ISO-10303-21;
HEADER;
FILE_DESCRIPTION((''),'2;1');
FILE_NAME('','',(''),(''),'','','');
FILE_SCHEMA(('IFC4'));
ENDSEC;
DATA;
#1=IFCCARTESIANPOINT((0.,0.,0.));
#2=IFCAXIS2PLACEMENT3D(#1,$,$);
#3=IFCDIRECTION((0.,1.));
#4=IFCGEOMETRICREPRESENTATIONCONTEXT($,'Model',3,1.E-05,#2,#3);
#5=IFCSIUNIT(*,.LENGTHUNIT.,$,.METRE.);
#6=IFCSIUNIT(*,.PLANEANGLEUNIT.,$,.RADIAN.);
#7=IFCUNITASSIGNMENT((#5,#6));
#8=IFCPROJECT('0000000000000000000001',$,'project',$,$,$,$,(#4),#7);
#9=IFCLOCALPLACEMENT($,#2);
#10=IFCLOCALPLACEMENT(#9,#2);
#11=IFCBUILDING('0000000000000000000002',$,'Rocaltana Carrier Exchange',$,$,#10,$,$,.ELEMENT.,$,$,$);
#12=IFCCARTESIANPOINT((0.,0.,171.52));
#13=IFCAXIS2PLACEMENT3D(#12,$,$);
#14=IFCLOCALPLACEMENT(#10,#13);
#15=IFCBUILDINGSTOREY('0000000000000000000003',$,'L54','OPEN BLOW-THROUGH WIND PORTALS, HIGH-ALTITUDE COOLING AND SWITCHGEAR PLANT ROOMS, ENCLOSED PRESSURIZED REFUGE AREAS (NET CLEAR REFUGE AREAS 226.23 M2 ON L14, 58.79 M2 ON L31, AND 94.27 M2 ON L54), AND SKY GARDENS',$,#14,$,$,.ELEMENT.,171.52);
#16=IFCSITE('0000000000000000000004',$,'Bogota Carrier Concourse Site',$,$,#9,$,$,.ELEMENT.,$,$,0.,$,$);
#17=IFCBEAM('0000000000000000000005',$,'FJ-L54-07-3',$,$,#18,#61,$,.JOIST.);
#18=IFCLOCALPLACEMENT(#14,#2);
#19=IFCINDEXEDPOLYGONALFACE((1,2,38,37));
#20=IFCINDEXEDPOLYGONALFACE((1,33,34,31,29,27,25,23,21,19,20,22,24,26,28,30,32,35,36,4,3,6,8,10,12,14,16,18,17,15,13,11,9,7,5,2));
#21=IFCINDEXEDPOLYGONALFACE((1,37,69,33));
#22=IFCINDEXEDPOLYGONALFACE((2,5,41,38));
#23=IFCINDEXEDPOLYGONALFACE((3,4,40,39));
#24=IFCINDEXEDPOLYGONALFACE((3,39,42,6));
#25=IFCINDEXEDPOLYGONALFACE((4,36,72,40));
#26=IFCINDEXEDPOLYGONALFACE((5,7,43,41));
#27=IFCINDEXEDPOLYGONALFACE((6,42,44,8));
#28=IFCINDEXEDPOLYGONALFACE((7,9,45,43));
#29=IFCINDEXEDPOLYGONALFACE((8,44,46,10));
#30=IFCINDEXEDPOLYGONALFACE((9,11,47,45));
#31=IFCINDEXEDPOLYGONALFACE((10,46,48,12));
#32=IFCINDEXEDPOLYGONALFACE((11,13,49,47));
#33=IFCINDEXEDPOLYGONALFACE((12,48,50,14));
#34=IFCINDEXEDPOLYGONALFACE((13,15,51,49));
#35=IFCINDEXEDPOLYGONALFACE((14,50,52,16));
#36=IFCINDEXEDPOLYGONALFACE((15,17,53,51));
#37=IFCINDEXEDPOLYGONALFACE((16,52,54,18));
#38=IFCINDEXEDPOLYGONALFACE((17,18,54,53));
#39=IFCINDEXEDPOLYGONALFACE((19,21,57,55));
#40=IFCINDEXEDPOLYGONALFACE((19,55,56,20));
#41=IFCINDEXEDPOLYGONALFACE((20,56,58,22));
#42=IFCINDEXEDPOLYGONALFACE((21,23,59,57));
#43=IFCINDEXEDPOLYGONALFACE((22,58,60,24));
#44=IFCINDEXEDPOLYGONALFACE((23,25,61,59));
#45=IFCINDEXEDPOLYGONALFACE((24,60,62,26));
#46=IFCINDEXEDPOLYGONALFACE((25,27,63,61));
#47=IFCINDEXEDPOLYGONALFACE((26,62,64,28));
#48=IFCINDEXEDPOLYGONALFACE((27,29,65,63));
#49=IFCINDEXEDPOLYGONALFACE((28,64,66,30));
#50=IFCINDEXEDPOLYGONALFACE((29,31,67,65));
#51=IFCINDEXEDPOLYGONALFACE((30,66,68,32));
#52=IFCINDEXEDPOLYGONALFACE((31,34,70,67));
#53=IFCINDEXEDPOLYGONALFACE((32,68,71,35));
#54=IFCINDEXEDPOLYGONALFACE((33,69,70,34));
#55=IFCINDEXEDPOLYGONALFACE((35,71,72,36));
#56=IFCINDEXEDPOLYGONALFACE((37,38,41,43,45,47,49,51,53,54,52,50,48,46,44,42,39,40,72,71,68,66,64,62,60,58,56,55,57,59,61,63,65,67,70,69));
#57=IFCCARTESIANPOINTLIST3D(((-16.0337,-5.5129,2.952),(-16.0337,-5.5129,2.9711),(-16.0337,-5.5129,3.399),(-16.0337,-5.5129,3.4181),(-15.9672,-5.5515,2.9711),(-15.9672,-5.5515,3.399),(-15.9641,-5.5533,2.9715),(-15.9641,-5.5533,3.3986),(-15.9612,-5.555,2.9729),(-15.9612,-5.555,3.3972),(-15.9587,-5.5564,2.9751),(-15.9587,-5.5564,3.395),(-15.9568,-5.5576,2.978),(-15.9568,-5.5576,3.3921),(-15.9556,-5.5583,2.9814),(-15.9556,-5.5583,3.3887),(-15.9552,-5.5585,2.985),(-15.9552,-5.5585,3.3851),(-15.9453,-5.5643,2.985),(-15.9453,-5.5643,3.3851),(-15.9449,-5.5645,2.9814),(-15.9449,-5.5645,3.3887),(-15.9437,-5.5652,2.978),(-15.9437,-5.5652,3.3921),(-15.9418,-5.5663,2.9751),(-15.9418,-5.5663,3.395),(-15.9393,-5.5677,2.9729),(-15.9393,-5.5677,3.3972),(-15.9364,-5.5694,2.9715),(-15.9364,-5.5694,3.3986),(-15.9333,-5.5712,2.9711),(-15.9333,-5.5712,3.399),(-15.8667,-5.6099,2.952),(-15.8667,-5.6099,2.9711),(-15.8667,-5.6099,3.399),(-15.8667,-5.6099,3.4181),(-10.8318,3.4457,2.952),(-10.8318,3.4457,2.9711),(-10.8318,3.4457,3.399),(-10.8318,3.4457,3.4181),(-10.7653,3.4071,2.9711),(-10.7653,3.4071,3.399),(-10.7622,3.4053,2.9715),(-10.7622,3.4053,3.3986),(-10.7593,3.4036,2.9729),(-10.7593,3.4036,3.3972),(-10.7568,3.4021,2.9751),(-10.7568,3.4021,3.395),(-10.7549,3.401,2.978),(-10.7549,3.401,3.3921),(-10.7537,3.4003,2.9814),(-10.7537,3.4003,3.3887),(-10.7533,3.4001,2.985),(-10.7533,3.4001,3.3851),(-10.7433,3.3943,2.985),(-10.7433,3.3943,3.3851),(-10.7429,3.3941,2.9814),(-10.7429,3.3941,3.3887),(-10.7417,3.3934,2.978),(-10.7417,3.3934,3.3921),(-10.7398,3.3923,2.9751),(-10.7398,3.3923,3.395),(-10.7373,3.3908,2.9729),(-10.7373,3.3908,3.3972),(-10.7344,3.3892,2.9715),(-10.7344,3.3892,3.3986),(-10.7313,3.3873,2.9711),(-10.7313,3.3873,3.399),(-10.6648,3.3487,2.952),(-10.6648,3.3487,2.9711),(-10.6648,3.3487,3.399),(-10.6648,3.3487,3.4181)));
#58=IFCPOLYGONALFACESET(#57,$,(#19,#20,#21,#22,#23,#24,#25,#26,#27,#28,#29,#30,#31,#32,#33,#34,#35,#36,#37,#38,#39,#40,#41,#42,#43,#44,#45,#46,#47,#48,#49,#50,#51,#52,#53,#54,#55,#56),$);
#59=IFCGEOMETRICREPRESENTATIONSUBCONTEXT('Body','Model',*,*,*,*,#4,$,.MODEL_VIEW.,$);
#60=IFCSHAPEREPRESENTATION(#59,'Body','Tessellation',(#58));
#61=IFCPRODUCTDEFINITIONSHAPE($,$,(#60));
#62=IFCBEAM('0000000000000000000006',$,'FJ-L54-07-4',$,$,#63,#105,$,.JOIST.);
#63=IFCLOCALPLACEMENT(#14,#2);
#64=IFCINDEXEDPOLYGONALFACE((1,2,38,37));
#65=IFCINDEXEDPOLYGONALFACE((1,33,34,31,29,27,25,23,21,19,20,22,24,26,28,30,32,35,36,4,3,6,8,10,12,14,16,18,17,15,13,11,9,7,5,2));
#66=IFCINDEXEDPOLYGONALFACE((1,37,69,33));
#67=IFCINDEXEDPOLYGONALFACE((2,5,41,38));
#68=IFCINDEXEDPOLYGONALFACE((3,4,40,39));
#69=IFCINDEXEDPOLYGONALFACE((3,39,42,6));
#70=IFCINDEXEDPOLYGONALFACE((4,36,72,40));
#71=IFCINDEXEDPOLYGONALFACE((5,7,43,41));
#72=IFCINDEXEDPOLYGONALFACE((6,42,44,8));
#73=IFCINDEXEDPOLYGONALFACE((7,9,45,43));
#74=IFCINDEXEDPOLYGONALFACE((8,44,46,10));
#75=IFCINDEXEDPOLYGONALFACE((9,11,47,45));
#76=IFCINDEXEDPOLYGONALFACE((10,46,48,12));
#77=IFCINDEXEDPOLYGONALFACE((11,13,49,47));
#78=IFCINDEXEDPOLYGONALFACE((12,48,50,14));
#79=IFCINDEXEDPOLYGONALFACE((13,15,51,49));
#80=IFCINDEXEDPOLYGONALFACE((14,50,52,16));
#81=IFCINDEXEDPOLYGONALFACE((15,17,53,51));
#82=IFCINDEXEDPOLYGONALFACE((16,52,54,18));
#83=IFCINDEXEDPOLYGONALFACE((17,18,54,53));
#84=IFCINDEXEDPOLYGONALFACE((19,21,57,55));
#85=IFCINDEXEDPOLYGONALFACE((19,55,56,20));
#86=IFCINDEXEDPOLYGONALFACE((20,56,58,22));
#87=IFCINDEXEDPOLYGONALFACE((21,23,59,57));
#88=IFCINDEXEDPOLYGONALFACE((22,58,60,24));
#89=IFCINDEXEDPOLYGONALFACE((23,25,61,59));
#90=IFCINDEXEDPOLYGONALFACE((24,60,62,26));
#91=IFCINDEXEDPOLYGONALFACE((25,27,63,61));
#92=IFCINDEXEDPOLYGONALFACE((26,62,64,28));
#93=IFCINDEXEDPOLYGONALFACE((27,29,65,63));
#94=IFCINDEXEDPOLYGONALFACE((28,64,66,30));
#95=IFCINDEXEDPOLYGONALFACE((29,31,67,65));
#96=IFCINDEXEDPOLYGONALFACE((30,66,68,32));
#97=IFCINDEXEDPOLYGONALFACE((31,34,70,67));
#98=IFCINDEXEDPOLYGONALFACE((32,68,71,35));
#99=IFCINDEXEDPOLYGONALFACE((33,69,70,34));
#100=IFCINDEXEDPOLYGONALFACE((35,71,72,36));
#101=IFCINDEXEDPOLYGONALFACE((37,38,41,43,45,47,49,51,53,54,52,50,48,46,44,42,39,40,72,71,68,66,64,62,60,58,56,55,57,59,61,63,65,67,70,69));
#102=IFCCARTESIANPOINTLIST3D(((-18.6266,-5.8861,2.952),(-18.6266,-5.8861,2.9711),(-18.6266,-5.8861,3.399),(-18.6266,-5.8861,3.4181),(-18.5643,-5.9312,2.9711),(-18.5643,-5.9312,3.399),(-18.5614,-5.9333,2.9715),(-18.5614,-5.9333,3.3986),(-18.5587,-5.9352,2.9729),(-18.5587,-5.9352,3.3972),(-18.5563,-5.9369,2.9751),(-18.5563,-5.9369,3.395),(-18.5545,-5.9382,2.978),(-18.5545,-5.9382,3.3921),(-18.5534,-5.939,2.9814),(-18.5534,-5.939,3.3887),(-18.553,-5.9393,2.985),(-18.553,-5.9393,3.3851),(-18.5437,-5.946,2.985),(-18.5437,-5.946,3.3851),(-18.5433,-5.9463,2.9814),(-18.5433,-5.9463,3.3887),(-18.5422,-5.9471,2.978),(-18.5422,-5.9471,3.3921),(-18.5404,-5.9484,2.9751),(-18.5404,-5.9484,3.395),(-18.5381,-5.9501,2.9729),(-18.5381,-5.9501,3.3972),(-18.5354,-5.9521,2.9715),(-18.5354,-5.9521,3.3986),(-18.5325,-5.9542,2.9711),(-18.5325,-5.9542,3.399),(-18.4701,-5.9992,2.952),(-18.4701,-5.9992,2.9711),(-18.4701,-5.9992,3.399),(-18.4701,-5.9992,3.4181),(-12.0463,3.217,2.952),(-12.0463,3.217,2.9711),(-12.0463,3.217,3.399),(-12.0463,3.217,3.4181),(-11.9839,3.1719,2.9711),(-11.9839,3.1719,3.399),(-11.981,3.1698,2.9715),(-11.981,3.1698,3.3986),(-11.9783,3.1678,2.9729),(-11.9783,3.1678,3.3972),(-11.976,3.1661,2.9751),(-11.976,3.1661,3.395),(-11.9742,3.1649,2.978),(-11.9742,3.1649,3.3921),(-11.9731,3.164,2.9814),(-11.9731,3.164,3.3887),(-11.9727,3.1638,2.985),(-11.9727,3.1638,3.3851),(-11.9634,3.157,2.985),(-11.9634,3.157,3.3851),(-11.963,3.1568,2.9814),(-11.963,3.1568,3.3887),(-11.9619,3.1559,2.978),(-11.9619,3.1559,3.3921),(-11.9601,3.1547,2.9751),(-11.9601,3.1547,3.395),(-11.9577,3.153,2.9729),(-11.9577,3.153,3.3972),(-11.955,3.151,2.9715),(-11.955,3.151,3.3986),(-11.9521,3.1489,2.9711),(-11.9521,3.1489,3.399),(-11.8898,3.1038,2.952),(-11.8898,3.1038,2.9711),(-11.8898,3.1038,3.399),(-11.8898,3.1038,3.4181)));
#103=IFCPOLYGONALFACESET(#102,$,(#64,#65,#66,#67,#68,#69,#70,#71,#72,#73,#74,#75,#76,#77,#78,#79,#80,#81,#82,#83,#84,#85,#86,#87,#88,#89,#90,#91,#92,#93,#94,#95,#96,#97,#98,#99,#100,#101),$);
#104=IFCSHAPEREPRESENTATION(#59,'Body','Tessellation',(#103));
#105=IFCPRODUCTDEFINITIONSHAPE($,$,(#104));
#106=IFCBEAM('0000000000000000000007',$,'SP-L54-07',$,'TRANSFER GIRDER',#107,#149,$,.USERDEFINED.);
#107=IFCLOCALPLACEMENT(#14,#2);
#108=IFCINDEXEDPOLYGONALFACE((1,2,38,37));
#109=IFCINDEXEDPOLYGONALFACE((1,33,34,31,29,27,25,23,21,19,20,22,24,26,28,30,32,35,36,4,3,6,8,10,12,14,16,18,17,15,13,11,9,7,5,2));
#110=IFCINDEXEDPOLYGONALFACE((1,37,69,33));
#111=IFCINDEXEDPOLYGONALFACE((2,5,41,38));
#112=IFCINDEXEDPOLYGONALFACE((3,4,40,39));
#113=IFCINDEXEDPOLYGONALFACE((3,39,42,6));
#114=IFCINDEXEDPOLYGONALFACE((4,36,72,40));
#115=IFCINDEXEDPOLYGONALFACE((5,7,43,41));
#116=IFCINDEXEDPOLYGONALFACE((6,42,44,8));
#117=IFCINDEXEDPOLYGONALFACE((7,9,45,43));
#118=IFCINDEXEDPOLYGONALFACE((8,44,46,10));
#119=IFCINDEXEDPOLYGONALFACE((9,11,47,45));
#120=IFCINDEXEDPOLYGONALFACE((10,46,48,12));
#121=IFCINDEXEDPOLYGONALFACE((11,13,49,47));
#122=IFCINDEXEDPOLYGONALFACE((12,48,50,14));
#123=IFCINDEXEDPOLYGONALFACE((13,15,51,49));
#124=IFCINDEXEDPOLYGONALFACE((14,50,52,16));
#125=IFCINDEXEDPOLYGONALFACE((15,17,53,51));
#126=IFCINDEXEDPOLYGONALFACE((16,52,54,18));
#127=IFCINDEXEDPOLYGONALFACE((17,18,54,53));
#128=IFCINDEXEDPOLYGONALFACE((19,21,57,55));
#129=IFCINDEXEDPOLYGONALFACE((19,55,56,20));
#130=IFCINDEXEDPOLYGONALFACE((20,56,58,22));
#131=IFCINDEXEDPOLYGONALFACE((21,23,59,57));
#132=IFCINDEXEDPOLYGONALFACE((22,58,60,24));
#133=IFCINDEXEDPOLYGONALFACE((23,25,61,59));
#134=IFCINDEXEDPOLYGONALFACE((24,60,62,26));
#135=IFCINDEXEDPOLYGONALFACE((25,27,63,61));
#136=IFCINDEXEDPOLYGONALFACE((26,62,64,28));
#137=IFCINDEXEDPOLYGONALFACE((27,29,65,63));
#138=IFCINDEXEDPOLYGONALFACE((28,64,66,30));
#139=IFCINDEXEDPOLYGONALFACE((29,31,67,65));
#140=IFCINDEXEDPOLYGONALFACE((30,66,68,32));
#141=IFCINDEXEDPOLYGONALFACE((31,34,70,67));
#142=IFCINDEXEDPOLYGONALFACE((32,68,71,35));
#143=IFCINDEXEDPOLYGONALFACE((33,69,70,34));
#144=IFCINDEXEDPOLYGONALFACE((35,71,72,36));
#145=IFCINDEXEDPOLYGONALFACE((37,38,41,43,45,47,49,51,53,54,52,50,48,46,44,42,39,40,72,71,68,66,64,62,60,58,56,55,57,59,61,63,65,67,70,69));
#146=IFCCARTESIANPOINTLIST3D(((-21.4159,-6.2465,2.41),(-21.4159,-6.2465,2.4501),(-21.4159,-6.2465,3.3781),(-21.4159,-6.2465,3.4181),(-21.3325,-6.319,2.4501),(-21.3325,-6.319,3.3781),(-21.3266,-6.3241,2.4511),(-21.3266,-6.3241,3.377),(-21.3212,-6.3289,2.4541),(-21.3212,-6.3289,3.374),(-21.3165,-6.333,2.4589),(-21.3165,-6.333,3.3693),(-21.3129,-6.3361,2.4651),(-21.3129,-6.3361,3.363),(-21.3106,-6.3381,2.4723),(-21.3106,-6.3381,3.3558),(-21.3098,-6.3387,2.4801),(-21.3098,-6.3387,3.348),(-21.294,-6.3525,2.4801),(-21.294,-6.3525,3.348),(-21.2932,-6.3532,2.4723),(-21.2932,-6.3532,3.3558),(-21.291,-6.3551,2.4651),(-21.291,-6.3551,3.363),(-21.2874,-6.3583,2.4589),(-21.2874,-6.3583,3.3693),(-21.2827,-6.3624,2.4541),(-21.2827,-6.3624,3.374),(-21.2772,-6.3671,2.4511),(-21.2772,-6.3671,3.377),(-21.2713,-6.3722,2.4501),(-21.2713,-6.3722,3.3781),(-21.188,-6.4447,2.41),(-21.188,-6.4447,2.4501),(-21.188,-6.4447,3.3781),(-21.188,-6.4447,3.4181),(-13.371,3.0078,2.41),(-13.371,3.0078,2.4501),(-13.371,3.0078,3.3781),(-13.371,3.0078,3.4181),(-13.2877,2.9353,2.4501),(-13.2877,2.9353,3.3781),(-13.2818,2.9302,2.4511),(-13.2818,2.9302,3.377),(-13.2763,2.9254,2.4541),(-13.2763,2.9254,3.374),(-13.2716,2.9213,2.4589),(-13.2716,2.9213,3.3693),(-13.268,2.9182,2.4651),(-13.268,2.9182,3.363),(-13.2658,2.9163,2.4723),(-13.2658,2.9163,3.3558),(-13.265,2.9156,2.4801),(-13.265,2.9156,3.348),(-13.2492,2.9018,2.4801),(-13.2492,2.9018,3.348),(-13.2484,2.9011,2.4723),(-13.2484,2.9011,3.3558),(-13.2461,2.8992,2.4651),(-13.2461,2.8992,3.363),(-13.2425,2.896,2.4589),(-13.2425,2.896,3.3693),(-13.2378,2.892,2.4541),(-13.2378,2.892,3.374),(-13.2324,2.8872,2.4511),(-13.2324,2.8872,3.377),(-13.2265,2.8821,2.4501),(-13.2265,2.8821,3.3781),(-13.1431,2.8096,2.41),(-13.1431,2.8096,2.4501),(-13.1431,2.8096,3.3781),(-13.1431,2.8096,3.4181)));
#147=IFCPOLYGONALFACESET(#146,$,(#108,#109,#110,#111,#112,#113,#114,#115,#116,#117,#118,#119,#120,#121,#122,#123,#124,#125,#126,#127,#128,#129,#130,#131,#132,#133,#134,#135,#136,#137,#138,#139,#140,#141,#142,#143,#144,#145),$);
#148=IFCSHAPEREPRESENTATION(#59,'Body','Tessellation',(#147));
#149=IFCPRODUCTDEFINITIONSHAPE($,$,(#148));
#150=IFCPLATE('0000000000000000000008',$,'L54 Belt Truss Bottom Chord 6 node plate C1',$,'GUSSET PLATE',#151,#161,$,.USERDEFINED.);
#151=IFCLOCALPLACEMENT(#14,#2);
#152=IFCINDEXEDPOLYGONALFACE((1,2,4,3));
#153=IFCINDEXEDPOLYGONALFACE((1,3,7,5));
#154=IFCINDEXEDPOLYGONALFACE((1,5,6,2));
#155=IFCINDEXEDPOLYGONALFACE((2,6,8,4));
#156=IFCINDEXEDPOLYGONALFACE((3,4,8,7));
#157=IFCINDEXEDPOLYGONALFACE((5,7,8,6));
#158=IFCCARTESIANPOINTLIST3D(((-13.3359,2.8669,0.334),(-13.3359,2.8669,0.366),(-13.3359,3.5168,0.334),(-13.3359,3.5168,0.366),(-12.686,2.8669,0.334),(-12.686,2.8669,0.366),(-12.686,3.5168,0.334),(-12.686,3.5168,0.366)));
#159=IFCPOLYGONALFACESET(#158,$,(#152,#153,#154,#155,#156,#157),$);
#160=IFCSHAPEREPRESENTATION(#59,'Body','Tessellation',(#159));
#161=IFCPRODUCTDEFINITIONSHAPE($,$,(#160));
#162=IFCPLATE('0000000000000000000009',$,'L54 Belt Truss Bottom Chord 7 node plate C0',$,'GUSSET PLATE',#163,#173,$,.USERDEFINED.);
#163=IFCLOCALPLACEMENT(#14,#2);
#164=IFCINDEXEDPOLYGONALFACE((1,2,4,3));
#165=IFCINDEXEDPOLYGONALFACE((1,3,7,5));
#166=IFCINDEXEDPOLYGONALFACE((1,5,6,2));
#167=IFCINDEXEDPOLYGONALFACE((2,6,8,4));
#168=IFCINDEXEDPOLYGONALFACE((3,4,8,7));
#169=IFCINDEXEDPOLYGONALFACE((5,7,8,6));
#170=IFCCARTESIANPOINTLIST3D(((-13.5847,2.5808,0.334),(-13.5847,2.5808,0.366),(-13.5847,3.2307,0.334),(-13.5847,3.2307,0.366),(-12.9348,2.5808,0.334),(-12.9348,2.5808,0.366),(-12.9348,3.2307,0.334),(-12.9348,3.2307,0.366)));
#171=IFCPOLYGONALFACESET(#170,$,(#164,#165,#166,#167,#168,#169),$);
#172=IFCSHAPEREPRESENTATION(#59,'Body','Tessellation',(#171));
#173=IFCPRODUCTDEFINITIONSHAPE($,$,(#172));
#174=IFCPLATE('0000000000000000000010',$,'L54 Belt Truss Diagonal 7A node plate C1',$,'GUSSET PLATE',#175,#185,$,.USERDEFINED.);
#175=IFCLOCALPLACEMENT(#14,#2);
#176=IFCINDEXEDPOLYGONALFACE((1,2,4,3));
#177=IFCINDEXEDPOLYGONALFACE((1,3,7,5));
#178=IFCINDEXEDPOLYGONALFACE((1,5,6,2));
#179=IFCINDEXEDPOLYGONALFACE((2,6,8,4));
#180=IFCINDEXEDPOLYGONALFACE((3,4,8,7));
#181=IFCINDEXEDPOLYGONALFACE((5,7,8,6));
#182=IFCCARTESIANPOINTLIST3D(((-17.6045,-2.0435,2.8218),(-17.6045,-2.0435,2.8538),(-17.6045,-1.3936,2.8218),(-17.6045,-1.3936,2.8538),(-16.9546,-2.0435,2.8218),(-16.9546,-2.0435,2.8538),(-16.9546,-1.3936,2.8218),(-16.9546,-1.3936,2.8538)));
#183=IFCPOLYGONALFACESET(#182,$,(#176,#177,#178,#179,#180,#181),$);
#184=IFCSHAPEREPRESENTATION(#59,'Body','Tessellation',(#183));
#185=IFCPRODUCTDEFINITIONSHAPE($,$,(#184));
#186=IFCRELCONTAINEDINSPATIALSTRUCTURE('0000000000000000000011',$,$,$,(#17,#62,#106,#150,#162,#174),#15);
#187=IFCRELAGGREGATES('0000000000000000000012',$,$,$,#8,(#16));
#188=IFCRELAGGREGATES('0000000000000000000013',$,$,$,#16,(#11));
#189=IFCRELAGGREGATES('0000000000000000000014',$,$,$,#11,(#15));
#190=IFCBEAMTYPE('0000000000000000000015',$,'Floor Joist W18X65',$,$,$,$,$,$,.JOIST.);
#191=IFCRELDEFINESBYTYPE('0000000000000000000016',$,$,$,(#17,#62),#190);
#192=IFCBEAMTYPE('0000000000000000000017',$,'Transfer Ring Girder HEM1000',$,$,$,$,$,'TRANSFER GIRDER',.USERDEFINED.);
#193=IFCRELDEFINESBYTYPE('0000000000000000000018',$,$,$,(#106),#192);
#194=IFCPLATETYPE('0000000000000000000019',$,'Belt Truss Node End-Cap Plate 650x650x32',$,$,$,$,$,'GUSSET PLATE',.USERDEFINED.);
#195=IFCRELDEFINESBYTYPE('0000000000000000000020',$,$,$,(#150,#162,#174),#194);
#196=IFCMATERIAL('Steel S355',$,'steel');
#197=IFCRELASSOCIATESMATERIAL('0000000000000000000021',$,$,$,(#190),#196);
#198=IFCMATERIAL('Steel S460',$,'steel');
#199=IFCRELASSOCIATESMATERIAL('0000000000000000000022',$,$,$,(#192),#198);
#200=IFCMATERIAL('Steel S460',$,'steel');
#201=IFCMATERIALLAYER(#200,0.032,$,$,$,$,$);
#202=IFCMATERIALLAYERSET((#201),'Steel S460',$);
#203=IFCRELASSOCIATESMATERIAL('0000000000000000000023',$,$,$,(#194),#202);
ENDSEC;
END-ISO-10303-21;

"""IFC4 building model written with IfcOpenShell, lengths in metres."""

from ifc_helpers import new_model, si_unit, direction, frame, origin, origin_2d, place, context, subcontext, project, spatial, rectangle, i_section, extrude, material, layer, layer_set, material_profile, profile_set, type_object, element, save


model = new_model("IFC4")

# Units and contexts
model_context = context("Model", 3, precision=1e-05, world=origin(), true_north=direction((0.0, 1.0)))
body_context = subcontext(model_context, "Body", "Model", "MODEL_VIEW")
ifc_project = project(units=[si_unit("LENGTHUNIT", "METRE"), si_unit("PLANEANGLEUNIT", "RADIAN")], contexts=[model_context])

# Site, building, storey
site_placement = place(None, origin())
site = spatial("IfcSite", under=ifc_project, at=site_placement, Name="Bogota Carrier Concourse Site", CompositionType="ELEMENT", RefElevation=0.0)
building_placement = place(site_placement, origin())
building = spatial("IfcBuilding", under=site, at=building_placement, Name="Rocaltana Carrier Exchange", CompositionType="ELEMENT")
storey_placement = place(building_placement, frame((0.0, 0.0, 171.52)))
storey = spatial("IfcBuildingStorey", under=building, at=storey_placement, Name="L54", Description="OPEN BLOW-THROUGH WIND PORTALS, HIGH-ALTITUDE COOLING AND SWITCHGEAR PLANT ROOMS, ENCLOSED PRESSURIZED REFUGE AREAS (NET CLEAR REFUGE AREAS 226.23 M2 ON L14, 58.79 M2 ON L31, AND 94.27 M2 ON L54), AND SKY GARDENS", CompositionType="ELEMENT", Elevation=171.52)

# Beams
ifc_material_1 = material(Name="Steel S355", Category="steel")
ifc_material_profile_1 = material_profile(ifc_material_1, i_section(OverallWidth=0.1931, OverallDepth=0.4661, WebThickness=0.0115, FlangeThickness=0.019, FilletRadius=0.0139, at=origin_2d()), Name="W18X65")
ifc_profile_set_1 = profile_set([ifc_material_profile_1], Name="Steel S355")
beam_type_1 = type_object("IfcBeamType", Name="Floor Joist W18X65", PredefinedType="JOIST", material=ifc_profile_set_1)
beam_1_placement = place(storey_placement, frame((-10.7483, 3.3972, 3.1851), z_axis=(-0.50215, -0.864781, 0.0), x_axis=(0.864781, -0.50215, 0.0)))
element("IfcBeam", 1, at=beam_1_placement, inside=storey, type_object=beam_type_1, Name="FJ-L54-07-3", PredefinedType="JOIST", context=body_context, shape_type="SweptSolid", body=[
    extrude(i_section(OverallWidth=0.1931, OverallDepth=0.4661, WebThickness=0.0115, FlangeThickness=0.019, FilletRadius=0.0139, at=origin_2d()), origin(), (0.0, 0.0, 1.0), 10.3594),
])
beam_2_placement = place(storey_placement, frame((-11.968, 3.1604, 3.1851), z_axis=(-0.585837, -0.810429, 0.0), x_axis=(0.810429, -0.585837, 0.0)))
element("IfcBeam", 2, at=beam_2_placement, inside=storey, type_object=beam_type_1, Name="FJ-L54-07-4", PredefinedType="JOIST", context=body_context, shape_type="SweptSolid", body=[
    extrude(i_section(OverallWidth=0.1931, OverallDepth=0.4661, WebThickness=0.0115, FlangeThickness=0.019, FilletRadius=0.0139, at=origin_2d()), origin(), (0.0, 0.0, 1.0), 11.2324),
])
ifc_material_2 = material(Name="Steel S460", Category="steel")
ifc_material_profile_2 = material_profile(ifc_material_2, i_section(OverallWidth=0.302, OverallDepth=1.0081, WebThickness=0.021, FlangeThickness=0.04, FilletRadius=0.03, at=origin_2d()), Name="HEM1000")
ifc_profile_set_2 = profile_set([ifc_material_profile_2], Name="Steel S460")
beam_type_2 = type_object("IfcBeamType", Name="Transfer Ring Girder HEM1000", ElementType="TRANSFER GIRDER", PredefinedType="USERDEFINED", material=ifc_profile_set_2)
beam_3_placement = place(storey_placement, frame((-13.2571, 2.9087, 2.9141), z_axis=(-0.656068, -0.754702, 0.0), x_axis=(0.754702, -0.656068, 0.0)))
element("IfcBeam", 3, at=beam_3_placement, inside=storey, type_object=beam_type_2, Name="SP-L54-07", ObjectType="TRANSFER GIRDER", PredefinedType="USERDEFINED", context=body_context, shape_type="SweptSolid", body=[
    extrude(i_section(OverallWidth=0.302, OverallDepth=1.0081, WebThickness=0.021, FlangeThickness=0.04, FilletRadius=0.03, at=origin_2d()), origin(), (0.0, 0.0, 1.0), 12.2622),
])

# Plates
ifc_material_3 = material(Name="Steel S460", Category="steel")
ifc_layer_1 = layer(ifc_material_3, 0.032)
ifc_layer_set_1 = layer_set([ifc_layer_1], Name="Steel S460")
plate_type = type_object("IfcPlateType", Name="Belt Truss Node End-Cap Plate 650x650x32", ElementType="GUSSET PLATE", PredefinedType="USERDEFINED", material=ifc_layer_set_1)
for number, where, z_axis, x_axis, name in (
    (4, (-13.011, 3.1919, 0.334), (0.0, 0.0, 1.0), (1.0, 0.0, 0.0), "L54 Belt Truss Bottom Chord 6 node plate C1"),
    (5, (-13.2598, 2.9058, 0.334), (0.0, 0.0, 1.0), (1.0, 0.0, 0.0), "L54 Belt Truss Bottom Chord 7 node plate C0"),
    (6, (-17.2795, -1.7185, 2.8218), (0.0, 0.0, 1.0), (1.0, 0.0, 0.0), "L54 Belt Truss Diagonal 7A node plate C1"),
):
    element("IfcPlate", number, at=place(storey_placement, frame(where, z_axis=z_axis, x_axis=x_axis)), inside=storey, type_object=plate_type, Name=name, ObjectType="GUSSET PLATE", PredefinedType="USERDEFINED", context=body_context, shape_type="SweptSolid", body=[
        extrude(rectangle(XDim=0.6499, YDim=0.6499, at=origin_2d()), origin(), (0.0, 0.0, 1.0), 0.032),
    ])

save(model, "model.ifc")
